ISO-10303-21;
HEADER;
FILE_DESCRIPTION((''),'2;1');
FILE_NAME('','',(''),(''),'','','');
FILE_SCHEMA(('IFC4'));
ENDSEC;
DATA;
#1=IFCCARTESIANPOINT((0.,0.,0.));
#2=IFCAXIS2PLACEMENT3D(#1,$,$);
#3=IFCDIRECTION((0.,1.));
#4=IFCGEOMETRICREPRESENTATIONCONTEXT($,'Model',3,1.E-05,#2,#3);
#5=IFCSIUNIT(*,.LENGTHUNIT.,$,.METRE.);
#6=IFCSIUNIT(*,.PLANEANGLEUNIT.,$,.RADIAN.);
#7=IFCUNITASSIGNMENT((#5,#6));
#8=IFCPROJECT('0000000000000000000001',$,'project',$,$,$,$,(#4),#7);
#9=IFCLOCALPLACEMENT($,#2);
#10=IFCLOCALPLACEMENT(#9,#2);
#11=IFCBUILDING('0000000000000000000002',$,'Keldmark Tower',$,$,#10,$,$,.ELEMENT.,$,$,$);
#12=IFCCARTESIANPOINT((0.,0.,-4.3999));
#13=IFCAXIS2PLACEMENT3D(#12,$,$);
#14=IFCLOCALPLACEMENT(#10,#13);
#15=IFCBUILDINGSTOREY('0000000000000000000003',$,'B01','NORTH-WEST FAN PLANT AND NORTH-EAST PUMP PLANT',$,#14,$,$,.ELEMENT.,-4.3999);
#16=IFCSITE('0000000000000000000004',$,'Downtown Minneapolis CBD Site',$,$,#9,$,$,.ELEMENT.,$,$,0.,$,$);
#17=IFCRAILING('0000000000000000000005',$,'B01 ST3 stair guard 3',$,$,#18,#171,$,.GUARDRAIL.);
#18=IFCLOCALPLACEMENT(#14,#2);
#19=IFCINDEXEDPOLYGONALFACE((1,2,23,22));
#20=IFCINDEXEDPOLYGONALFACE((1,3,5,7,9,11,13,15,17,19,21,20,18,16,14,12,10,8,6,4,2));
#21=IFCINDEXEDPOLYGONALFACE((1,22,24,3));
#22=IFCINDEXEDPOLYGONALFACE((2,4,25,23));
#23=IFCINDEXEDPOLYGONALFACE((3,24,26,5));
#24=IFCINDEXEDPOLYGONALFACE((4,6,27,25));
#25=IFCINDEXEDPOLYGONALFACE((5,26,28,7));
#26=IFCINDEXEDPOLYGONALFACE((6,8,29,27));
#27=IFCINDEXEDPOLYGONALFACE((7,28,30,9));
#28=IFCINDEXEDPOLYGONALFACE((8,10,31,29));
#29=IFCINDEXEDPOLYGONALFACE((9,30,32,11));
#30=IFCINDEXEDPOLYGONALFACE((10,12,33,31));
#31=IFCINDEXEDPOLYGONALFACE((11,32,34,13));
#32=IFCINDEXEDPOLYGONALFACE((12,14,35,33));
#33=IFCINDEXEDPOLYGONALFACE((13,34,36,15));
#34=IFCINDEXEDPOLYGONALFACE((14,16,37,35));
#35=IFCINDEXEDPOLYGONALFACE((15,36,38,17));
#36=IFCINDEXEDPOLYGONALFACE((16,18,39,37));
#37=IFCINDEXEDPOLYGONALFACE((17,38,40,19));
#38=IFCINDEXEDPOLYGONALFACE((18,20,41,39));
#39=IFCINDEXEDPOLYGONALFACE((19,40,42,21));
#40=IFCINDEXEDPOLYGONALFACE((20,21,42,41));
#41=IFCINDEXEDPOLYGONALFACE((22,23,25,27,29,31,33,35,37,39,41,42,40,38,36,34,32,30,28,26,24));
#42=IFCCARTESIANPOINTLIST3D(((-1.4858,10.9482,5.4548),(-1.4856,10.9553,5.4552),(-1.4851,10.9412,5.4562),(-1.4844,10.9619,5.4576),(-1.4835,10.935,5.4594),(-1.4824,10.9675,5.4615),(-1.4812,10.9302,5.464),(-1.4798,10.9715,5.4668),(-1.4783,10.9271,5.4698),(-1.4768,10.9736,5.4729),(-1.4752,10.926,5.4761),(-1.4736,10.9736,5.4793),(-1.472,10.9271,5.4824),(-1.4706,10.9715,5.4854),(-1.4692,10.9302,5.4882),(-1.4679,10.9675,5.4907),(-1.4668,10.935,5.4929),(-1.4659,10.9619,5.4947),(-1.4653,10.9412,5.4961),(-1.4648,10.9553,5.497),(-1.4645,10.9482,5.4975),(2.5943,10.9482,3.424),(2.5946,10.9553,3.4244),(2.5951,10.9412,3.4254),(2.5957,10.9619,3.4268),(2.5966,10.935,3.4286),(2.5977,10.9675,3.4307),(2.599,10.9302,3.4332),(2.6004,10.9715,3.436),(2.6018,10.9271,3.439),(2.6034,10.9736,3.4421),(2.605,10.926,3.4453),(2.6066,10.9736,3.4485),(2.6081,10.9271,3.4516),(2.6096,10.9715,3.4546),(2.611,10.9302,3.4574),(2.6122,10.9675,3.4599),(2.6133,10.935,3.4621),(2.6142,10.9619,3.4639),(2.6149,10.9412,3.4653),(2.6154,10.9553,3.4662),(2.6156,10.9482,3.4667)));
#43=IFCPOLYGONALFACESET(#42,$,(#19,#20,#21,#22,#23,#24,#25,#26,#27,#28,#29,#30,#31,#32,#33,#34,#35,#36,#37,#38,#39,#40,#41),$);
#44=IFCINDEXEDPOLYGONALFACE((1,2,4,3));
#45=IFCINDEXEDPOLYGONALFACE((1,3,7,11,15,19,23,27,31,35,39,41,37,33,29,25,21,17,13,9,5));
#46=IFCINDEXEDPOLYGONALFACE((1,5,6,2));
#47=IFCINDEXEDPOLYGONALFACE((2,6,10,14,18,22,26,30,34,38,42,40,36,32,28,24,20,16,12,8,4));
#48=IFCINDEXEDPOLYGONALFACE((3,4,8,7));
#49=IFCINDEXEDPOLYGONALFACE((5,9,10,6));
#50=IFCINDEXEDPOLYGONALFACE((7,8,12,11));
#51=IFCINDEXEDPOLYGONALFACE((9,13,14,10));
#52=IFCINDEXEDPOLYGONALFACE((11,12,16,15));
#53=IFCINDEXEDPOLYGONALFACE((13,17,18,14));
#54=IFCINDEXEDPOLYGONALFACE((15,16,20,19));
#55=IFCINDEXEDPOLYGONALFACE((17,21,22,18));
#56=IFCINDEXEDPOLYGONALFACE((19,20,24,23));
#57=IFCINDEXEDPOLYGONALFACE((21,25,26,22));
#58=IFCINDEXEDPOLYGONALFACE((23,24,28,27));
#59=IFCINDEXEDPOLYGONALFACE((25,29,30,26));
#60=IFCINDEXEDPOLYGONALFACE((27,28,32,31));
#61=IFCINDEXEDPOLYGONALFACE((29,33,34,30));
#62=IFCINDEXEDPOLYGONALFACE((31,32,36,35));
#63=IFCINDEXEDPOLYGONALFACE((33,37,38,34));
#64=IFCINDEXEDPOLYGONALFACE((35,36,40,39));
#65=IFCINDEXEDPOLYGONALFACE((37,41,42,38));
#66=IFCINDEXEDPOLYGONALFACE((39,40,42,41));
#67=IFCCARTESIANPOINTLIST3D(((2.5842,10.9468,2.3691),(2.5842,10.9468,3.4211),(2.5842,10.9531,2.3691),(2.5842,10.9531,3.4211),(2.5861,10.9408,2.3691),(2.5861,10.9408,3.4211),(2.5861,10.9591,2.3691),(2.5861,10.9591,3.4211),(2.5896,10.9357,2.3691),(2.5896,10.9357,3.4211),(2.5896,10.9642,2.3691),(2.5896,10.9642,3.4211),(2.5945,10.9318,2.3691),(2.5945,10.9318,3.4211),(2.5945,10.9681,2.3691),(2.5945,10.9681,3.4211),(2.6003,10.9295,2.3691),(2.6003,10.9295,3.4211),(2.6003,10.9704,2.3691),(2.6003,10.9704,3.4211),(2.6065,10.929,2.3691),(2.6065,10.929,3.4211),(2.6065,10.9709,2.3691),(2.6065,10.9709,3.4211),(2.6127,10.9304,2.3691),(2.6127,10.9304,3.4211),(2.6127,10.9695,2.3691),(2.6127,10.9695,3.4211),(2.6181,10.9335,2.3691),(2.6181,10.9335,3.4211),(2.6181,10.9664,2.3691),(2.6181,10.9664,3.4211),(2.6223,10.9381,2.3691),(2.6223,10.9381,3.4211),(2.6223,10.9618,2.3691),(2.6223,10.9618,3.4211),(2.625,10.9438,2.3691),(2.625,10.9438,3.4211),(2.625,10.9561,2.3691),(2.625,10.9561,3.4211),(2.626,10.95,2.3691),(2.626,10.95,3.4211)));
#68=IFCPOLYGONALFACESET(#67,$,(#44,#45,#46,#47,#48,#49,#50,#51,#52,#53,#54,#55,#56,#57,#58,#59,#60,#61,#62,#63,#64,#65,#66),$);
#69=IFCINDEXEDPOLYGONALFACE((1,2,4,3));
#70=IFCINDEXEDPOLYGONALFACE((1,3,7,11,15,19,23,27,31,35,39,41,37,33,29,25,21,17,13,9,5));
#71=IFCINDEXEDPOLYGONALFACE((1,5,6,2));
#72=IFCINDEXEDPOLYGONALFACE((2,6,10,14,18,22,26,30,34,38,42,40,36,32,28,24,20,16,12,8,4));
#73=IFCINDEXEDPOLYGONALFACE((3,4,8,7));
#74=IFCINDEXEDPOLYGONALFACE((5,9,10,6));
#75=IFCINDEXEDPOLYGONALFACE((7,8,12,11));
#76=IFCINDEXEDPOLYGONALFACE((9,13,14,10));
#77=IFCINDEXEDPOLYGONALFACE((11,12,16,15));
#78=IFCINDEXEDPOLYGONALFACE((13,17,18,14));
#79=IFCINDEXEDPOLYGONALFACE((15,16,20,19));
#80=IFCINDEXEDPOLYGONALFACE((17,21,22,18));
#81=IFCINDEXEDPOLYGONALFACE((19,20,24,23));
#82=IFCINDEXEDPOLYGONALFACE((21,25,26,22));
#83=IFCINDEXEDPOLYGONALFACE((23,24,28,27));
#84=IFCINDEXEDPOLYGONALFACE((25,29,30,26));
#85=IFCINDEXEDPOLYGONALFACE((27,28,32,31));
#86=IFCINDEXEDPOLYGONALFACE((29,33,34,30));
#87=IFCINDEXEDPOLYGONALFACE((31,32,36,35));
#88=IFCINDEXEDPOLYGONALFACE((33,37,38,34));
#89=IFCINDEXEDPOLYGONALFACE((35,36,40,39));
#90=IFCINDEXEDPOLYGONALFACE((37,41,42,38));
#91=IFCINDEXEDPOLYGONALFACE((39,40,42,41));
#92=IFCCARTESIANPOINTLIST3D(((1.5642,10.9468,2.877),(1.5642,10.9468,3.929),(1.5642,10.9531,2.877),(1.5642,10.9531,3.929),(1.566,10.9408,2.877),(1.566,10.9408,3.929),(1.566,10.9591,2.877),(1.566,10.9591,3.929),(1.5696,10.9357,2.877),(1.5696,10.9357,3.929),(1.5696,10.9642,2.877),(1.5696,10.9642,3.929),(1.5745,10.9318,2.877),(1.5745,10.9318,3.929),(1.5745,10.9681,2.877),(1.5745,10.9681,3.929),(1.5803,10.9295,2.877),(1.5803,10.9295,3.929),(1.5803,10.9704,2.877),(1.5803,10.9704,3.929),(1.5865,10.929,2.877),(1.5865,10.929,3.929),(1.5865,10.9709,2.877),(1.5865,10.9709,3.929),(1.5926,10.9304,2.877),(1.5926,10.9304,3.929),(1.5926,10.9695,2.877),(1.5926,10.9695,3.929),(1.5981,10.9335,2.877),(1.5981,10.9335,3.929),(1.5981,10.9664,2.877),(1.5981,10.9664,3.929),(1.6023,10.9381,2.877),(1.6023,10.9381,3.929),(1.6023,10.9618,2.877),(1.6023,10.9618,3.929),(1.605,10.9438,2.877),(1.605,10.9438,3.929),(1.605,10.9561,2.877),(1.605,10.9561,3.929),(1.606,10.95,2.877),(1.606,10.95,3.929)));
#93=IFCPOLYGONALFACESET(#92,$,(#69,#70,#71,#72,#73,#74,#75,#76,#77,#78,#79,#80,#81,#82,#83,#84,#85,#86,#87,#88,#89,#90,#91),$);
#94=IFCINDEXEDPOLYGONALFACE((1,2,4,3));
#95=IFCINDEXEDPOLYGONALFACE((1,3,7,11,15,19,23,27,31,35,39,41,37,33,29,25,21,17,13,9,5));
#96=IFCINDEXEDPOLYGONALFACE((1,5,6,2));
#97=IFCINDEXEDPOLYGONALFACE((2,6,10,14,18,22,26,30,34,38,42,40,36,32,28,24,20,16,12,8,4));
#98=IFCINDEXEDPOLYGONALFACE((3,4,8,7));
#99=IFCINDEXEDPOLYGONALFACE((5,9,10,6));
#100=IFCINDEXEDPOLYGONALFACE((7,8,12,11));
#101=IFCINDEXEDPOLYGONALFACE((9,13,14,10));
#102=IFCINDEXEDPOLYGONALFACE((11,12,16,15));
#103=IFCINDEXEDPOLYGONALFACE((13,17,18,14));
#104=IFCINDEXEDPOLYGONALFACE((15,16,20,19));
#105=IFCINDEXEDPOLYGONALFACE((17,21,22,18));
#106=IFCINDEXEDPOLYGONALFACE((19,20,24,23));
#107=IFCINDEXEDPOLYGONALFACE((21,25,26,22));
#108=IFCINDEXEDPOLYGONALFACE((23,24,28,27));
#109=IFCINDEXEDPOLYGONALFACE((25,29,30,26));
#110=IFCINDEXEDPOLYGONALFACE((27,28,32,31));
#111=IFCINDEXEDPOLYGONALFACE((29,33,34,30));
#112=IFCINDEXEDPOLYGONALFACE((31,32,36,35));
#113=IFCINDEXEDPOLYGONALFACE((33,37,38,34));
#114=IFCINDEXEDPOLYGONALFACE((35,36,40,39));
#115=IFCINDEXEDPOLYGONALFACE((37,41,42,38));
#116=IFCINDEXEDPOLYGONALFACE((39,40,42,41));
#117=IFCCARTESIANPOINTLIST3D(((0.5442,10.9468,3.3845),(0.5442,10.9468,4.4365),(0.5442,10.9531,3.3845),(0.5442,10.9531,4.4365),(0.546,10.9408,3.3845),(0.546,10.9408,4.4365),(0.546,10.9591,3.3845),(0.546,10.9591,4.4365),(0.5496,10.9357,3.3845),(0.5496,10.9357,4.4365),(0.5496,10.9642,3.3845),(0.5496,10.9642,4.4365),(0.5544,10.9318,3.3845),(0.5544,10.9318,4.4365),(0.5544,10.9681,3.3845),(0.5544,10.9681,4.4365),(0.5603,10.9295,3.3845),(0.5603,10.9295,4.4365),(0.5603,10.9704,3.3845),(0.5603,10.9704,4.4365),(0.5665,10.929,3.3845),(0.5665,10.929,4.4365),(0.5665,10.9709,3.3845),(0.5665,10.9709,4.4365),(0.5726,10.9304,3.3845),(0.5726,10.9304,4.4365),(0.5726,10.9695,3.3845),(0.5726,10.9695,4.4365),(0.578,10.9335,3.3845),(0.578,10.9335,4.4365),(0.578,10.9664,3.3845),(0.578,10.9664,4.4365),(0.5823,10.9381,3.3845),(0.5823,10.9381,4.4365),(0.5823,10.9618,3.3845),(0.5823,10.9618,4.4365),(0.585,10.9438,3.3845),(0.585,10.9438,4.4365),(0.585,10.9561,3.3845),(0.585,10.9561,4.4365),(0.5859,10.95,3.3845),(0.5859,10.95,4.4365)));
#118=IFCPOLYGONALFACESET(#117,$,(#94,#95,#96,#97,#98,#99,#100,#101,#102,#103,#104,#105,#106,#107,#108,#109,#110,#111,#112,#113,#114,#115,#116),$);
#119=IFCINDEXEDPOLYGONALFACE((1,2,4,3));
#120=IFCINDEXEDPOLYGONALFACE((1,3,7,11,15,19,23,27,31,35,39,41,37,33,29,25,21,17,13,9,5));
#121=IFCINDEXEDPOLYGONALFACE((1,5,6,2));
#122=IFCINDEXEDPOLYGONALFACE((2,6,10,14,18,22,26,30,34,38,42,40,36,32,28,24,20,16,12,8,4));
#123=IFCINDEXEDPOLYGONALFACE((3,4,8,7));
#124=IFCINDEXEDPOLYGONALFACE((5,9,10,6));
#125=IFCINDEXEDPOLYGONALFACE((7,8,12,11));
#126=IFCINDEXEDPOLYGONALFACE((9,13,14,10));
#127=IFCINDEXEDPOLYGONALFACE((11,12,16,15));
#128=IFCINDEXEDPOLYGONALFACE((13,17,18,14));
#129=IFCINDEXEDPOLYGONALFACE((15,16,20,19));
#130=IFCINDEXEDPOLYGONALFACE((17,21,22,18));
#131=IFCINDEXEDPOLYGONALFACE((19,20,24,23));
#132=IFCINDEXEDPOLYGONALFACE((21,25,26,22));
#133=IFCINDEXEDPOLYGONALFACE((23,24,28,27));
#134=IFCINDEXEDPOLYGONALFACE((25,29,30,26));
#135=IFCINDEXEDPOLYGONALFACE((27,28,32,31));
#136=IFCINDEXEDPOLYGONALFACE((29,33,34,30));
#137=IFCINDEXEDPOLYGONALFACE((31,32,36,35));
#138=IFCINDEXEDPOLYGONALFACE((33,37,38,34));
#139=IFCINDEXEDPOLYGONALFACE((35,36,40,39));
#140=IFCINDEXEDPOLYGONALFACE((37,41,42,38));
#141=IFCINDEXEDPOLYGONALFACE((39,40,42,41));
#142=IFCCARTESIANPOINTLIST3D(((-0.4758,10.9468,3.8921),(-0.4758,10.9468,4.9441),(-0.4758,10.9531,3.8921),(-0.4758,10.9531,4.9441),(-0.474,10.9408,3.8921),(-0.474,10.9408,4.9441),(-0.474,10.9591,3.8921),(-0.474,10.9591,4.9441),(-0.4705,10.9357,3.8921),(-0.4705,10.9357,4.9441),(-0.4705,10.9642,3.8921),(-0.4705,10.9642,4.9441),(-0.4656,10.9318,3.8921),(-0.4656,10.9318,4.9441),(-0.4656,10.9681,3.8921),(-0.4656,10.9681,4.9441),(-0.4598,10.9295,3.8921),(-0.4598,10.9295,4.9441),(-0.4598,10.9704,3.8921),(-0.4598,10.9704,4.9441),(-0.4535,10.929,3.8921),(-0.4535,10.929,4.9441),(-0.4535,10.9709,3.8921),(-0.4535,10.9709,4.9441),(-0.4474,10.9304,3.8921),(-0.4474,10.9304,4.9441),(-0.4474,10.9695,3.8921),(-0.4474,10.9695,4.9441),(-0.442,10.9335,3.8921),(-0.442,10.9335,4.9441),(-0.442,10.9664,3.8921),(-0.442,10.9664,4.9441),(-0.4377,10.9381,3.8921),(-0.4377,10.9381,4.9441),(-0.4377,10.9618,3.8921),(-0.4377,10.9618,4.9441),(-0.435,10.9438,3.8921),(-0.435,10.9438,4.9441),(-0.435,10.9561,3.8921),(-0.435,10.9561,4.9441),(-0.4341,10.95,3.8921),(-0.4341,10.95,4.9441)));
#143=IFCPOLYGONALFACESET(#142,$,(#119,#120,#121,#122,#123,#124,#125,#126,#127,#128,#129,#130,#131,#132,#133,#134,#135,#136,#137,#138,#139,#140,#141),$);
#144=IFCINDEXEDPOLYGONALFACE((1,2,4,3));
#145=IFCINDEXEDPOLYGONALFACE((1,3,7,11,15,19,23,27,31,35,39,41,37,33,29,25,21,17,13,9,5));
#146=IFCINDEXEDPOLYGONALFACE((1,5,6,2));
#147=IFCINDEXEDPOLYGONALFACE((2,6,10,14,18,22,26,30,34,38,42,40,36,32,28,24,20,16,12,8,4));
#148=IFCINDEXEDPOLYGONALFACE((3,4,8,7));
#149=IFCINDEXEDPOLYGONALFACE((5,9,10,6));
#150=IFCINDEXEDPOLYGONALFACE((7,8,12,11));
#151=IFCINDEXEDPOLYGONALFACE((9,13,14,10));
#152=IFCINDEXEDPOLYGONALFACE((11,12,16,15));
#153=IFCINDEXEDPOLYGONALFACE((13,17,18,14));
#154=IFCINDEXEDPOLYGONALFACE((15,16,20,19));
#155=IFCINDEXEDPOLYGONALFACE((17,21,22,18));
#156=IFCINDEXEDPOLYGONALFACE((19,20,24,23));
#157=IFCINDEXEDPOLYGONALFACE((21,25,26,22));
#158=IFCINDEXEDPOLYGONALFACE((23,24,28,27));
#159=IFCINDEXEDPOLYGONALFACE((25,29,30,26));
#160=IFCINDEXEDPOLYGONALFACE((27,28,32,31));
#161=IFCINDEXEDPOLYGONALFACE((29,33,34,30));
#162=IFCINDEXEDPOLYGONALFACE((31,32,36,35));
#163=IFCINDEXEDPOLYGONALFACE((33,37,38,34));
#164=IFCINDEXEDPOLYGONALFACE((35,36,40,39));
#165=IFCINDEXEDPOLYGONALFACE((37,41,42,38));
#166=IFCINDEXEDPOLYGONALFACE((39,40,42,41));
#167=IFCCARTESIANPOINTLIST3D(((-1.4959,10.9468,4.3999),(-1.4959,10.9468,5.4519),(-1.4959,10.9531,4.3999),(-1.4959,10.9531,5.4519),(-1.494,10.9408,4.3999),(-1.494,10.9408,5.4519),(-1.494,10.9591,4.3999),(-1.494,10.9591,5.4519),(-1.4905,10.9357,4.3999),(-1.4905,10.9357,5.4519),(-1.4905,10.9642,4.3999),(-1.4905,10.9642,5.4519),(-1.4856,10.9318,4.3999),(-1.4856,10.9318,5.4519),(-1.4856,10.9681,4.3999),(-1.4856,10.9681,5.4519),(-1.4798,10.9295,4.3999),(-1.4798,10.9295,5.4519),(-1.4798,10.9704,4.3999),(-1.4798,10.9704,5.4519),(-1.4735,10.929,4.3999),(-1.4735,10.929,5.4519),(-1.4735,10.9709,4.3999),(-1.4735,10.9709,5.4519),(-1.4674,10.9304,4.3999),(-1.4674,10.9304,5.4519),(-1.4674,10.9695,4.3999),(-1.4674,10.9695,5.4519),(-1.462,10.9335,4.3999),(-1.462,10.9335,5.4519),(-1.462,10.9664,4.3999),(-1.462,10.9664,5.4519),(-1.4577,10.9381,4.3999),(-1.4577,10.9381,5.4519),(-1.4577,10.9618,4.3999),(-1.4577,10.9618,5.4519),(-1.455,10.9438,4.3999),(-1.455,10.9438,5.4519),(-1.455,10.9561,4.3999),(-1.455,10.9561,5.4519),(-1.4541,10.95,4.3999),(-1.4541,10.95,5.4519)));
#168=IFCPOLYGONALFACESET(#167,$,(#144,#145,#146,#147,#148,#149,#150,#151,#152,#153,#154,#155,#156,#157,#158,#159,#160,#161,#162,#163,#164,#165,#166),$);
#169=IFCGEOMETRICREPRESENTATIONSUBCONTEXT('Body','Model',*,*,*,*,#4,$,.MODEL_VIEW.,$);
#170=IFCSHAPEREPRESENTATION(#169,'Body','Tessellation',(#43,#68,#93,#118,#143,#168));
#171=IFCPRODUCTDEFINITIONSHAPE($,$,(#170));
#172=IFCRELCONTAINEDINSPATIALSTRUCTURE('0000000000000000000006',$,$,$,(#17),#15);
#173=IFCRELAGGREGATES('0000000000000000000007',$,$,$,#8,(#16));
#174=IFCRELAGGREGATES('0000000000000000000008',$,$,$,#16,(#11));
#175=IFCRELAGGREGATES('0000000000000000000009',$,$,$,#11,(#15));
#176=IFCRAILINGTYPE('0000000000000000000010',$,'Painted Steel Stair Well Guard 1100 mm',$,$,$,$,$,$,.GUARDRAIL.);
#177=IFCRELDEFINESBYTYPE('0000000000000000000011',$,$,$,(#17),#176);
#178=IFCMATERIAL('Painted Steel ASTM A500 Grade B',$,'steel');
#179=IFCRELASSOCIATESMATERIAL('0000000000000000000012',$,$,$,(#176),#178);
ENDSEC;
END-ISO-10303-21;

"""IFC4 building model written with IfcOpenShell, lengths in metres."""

from ifc_helpers import new_model, si_unit, direction, frame, origin, origin_2d, place, context, subcontext, project, spatial, circle, extrude, material, type_object, element, save


model = new_model("IFC4")

# Units and contexts
model_context = context("Model", 3, precision=1e-05, world=origin(), true_north=direction((0.0, 1.0)))
body_context = subcontext(model_context, "Body", "Model", "MODEL_VIEW")
ifc_project = project(units=[si_unit("LENGTHUNIT", "METRE"), si_unit("PLANEANGLEUNIT", "RADIAN")], contexts=[model_context])

# Site, building, storey
site_placement = place(None, origin())
site = spatial("IfcSite", under=ifc_project, at=site_placement, Name="Downtown Minneapolis CBD Site", CompositionType="ELEMENT", RefElevation=0.0)
building_placement = place(site_placement, origin())
building = spatial("IfcBuilding", under=site, at=building_placement, Name="Keldmark Tower", CompositionType="ELEMENT")
storey_placement = place(building_placement, frame((0.0, 0.0, -4.3999)))
storey = spatial("IfcBuildingStorey", under=building, at=storey_placement, Name="B01", Description="NORTH-WEST FAN PLANT AND NORTH-EAST PUMP PLANT", CompositionType="ELEMENT", Elevation=-4.3999)

# Railing
ifc_material_1 = material(Name="Painted Steel ASTM A500 Grade B", Category="steel")
railing_type_1 = type_object("IfcRailingType", Name="Painted Steel Stair Well Guard 1100 mm", PredefinedType="GUARDRAIL", material=ifc_material_1)
railing_1_placement = place(storey_placement, frame((2.605, 10.95, 2.3691)))
element("IfcRailing", 1, at=railing_1_placement, inside=storey, type_object=railing_type_1, Name="B01 ST3 stair guard 3", PredefinedType="GUARDRAIL", context=body_context, shape_type="SweptSolid", body=[
    extrude(circle(Radius=0.0239, at=origin_2d()), frame((0.0, 0.0, 1.0762), z_axis=(-0.89524, 0.0, 0.445584), x_axis=(0.0, -1.0, 0.0)), (0.0, 0.0, 1.0), 4.5576),
    extrude(circle(Radius=0.021, at=origin_2d()), origin(), (0.0, 0.0, 1.0), 1.052),
    extrude(circle(Radius=0.021, at=origin_2d()), frame((-1.02, 0.0, 0.5078)), (0.0, 0.0, 1.0), 1.052),
    extrude(circle(Radius=0.021, at=origin_2d()), frame((-2.04, 0.0, 1.0154)), (0.0, 0.0, 1.0), 1.052),
    extrude(circle(Radius=0.021, at=origin_2d()), frame((-3.0601, 0.0, 1.5229)), (0.0, 0.0, 1.0), 1.052),
    extrude(circle(Radius=0.021, at=origin_2d()), frame((-4.0801, 0.0, 2.0308)), (0.0, 0.0, 1.0), 1.052),
])

save(model, "model.ifc")
